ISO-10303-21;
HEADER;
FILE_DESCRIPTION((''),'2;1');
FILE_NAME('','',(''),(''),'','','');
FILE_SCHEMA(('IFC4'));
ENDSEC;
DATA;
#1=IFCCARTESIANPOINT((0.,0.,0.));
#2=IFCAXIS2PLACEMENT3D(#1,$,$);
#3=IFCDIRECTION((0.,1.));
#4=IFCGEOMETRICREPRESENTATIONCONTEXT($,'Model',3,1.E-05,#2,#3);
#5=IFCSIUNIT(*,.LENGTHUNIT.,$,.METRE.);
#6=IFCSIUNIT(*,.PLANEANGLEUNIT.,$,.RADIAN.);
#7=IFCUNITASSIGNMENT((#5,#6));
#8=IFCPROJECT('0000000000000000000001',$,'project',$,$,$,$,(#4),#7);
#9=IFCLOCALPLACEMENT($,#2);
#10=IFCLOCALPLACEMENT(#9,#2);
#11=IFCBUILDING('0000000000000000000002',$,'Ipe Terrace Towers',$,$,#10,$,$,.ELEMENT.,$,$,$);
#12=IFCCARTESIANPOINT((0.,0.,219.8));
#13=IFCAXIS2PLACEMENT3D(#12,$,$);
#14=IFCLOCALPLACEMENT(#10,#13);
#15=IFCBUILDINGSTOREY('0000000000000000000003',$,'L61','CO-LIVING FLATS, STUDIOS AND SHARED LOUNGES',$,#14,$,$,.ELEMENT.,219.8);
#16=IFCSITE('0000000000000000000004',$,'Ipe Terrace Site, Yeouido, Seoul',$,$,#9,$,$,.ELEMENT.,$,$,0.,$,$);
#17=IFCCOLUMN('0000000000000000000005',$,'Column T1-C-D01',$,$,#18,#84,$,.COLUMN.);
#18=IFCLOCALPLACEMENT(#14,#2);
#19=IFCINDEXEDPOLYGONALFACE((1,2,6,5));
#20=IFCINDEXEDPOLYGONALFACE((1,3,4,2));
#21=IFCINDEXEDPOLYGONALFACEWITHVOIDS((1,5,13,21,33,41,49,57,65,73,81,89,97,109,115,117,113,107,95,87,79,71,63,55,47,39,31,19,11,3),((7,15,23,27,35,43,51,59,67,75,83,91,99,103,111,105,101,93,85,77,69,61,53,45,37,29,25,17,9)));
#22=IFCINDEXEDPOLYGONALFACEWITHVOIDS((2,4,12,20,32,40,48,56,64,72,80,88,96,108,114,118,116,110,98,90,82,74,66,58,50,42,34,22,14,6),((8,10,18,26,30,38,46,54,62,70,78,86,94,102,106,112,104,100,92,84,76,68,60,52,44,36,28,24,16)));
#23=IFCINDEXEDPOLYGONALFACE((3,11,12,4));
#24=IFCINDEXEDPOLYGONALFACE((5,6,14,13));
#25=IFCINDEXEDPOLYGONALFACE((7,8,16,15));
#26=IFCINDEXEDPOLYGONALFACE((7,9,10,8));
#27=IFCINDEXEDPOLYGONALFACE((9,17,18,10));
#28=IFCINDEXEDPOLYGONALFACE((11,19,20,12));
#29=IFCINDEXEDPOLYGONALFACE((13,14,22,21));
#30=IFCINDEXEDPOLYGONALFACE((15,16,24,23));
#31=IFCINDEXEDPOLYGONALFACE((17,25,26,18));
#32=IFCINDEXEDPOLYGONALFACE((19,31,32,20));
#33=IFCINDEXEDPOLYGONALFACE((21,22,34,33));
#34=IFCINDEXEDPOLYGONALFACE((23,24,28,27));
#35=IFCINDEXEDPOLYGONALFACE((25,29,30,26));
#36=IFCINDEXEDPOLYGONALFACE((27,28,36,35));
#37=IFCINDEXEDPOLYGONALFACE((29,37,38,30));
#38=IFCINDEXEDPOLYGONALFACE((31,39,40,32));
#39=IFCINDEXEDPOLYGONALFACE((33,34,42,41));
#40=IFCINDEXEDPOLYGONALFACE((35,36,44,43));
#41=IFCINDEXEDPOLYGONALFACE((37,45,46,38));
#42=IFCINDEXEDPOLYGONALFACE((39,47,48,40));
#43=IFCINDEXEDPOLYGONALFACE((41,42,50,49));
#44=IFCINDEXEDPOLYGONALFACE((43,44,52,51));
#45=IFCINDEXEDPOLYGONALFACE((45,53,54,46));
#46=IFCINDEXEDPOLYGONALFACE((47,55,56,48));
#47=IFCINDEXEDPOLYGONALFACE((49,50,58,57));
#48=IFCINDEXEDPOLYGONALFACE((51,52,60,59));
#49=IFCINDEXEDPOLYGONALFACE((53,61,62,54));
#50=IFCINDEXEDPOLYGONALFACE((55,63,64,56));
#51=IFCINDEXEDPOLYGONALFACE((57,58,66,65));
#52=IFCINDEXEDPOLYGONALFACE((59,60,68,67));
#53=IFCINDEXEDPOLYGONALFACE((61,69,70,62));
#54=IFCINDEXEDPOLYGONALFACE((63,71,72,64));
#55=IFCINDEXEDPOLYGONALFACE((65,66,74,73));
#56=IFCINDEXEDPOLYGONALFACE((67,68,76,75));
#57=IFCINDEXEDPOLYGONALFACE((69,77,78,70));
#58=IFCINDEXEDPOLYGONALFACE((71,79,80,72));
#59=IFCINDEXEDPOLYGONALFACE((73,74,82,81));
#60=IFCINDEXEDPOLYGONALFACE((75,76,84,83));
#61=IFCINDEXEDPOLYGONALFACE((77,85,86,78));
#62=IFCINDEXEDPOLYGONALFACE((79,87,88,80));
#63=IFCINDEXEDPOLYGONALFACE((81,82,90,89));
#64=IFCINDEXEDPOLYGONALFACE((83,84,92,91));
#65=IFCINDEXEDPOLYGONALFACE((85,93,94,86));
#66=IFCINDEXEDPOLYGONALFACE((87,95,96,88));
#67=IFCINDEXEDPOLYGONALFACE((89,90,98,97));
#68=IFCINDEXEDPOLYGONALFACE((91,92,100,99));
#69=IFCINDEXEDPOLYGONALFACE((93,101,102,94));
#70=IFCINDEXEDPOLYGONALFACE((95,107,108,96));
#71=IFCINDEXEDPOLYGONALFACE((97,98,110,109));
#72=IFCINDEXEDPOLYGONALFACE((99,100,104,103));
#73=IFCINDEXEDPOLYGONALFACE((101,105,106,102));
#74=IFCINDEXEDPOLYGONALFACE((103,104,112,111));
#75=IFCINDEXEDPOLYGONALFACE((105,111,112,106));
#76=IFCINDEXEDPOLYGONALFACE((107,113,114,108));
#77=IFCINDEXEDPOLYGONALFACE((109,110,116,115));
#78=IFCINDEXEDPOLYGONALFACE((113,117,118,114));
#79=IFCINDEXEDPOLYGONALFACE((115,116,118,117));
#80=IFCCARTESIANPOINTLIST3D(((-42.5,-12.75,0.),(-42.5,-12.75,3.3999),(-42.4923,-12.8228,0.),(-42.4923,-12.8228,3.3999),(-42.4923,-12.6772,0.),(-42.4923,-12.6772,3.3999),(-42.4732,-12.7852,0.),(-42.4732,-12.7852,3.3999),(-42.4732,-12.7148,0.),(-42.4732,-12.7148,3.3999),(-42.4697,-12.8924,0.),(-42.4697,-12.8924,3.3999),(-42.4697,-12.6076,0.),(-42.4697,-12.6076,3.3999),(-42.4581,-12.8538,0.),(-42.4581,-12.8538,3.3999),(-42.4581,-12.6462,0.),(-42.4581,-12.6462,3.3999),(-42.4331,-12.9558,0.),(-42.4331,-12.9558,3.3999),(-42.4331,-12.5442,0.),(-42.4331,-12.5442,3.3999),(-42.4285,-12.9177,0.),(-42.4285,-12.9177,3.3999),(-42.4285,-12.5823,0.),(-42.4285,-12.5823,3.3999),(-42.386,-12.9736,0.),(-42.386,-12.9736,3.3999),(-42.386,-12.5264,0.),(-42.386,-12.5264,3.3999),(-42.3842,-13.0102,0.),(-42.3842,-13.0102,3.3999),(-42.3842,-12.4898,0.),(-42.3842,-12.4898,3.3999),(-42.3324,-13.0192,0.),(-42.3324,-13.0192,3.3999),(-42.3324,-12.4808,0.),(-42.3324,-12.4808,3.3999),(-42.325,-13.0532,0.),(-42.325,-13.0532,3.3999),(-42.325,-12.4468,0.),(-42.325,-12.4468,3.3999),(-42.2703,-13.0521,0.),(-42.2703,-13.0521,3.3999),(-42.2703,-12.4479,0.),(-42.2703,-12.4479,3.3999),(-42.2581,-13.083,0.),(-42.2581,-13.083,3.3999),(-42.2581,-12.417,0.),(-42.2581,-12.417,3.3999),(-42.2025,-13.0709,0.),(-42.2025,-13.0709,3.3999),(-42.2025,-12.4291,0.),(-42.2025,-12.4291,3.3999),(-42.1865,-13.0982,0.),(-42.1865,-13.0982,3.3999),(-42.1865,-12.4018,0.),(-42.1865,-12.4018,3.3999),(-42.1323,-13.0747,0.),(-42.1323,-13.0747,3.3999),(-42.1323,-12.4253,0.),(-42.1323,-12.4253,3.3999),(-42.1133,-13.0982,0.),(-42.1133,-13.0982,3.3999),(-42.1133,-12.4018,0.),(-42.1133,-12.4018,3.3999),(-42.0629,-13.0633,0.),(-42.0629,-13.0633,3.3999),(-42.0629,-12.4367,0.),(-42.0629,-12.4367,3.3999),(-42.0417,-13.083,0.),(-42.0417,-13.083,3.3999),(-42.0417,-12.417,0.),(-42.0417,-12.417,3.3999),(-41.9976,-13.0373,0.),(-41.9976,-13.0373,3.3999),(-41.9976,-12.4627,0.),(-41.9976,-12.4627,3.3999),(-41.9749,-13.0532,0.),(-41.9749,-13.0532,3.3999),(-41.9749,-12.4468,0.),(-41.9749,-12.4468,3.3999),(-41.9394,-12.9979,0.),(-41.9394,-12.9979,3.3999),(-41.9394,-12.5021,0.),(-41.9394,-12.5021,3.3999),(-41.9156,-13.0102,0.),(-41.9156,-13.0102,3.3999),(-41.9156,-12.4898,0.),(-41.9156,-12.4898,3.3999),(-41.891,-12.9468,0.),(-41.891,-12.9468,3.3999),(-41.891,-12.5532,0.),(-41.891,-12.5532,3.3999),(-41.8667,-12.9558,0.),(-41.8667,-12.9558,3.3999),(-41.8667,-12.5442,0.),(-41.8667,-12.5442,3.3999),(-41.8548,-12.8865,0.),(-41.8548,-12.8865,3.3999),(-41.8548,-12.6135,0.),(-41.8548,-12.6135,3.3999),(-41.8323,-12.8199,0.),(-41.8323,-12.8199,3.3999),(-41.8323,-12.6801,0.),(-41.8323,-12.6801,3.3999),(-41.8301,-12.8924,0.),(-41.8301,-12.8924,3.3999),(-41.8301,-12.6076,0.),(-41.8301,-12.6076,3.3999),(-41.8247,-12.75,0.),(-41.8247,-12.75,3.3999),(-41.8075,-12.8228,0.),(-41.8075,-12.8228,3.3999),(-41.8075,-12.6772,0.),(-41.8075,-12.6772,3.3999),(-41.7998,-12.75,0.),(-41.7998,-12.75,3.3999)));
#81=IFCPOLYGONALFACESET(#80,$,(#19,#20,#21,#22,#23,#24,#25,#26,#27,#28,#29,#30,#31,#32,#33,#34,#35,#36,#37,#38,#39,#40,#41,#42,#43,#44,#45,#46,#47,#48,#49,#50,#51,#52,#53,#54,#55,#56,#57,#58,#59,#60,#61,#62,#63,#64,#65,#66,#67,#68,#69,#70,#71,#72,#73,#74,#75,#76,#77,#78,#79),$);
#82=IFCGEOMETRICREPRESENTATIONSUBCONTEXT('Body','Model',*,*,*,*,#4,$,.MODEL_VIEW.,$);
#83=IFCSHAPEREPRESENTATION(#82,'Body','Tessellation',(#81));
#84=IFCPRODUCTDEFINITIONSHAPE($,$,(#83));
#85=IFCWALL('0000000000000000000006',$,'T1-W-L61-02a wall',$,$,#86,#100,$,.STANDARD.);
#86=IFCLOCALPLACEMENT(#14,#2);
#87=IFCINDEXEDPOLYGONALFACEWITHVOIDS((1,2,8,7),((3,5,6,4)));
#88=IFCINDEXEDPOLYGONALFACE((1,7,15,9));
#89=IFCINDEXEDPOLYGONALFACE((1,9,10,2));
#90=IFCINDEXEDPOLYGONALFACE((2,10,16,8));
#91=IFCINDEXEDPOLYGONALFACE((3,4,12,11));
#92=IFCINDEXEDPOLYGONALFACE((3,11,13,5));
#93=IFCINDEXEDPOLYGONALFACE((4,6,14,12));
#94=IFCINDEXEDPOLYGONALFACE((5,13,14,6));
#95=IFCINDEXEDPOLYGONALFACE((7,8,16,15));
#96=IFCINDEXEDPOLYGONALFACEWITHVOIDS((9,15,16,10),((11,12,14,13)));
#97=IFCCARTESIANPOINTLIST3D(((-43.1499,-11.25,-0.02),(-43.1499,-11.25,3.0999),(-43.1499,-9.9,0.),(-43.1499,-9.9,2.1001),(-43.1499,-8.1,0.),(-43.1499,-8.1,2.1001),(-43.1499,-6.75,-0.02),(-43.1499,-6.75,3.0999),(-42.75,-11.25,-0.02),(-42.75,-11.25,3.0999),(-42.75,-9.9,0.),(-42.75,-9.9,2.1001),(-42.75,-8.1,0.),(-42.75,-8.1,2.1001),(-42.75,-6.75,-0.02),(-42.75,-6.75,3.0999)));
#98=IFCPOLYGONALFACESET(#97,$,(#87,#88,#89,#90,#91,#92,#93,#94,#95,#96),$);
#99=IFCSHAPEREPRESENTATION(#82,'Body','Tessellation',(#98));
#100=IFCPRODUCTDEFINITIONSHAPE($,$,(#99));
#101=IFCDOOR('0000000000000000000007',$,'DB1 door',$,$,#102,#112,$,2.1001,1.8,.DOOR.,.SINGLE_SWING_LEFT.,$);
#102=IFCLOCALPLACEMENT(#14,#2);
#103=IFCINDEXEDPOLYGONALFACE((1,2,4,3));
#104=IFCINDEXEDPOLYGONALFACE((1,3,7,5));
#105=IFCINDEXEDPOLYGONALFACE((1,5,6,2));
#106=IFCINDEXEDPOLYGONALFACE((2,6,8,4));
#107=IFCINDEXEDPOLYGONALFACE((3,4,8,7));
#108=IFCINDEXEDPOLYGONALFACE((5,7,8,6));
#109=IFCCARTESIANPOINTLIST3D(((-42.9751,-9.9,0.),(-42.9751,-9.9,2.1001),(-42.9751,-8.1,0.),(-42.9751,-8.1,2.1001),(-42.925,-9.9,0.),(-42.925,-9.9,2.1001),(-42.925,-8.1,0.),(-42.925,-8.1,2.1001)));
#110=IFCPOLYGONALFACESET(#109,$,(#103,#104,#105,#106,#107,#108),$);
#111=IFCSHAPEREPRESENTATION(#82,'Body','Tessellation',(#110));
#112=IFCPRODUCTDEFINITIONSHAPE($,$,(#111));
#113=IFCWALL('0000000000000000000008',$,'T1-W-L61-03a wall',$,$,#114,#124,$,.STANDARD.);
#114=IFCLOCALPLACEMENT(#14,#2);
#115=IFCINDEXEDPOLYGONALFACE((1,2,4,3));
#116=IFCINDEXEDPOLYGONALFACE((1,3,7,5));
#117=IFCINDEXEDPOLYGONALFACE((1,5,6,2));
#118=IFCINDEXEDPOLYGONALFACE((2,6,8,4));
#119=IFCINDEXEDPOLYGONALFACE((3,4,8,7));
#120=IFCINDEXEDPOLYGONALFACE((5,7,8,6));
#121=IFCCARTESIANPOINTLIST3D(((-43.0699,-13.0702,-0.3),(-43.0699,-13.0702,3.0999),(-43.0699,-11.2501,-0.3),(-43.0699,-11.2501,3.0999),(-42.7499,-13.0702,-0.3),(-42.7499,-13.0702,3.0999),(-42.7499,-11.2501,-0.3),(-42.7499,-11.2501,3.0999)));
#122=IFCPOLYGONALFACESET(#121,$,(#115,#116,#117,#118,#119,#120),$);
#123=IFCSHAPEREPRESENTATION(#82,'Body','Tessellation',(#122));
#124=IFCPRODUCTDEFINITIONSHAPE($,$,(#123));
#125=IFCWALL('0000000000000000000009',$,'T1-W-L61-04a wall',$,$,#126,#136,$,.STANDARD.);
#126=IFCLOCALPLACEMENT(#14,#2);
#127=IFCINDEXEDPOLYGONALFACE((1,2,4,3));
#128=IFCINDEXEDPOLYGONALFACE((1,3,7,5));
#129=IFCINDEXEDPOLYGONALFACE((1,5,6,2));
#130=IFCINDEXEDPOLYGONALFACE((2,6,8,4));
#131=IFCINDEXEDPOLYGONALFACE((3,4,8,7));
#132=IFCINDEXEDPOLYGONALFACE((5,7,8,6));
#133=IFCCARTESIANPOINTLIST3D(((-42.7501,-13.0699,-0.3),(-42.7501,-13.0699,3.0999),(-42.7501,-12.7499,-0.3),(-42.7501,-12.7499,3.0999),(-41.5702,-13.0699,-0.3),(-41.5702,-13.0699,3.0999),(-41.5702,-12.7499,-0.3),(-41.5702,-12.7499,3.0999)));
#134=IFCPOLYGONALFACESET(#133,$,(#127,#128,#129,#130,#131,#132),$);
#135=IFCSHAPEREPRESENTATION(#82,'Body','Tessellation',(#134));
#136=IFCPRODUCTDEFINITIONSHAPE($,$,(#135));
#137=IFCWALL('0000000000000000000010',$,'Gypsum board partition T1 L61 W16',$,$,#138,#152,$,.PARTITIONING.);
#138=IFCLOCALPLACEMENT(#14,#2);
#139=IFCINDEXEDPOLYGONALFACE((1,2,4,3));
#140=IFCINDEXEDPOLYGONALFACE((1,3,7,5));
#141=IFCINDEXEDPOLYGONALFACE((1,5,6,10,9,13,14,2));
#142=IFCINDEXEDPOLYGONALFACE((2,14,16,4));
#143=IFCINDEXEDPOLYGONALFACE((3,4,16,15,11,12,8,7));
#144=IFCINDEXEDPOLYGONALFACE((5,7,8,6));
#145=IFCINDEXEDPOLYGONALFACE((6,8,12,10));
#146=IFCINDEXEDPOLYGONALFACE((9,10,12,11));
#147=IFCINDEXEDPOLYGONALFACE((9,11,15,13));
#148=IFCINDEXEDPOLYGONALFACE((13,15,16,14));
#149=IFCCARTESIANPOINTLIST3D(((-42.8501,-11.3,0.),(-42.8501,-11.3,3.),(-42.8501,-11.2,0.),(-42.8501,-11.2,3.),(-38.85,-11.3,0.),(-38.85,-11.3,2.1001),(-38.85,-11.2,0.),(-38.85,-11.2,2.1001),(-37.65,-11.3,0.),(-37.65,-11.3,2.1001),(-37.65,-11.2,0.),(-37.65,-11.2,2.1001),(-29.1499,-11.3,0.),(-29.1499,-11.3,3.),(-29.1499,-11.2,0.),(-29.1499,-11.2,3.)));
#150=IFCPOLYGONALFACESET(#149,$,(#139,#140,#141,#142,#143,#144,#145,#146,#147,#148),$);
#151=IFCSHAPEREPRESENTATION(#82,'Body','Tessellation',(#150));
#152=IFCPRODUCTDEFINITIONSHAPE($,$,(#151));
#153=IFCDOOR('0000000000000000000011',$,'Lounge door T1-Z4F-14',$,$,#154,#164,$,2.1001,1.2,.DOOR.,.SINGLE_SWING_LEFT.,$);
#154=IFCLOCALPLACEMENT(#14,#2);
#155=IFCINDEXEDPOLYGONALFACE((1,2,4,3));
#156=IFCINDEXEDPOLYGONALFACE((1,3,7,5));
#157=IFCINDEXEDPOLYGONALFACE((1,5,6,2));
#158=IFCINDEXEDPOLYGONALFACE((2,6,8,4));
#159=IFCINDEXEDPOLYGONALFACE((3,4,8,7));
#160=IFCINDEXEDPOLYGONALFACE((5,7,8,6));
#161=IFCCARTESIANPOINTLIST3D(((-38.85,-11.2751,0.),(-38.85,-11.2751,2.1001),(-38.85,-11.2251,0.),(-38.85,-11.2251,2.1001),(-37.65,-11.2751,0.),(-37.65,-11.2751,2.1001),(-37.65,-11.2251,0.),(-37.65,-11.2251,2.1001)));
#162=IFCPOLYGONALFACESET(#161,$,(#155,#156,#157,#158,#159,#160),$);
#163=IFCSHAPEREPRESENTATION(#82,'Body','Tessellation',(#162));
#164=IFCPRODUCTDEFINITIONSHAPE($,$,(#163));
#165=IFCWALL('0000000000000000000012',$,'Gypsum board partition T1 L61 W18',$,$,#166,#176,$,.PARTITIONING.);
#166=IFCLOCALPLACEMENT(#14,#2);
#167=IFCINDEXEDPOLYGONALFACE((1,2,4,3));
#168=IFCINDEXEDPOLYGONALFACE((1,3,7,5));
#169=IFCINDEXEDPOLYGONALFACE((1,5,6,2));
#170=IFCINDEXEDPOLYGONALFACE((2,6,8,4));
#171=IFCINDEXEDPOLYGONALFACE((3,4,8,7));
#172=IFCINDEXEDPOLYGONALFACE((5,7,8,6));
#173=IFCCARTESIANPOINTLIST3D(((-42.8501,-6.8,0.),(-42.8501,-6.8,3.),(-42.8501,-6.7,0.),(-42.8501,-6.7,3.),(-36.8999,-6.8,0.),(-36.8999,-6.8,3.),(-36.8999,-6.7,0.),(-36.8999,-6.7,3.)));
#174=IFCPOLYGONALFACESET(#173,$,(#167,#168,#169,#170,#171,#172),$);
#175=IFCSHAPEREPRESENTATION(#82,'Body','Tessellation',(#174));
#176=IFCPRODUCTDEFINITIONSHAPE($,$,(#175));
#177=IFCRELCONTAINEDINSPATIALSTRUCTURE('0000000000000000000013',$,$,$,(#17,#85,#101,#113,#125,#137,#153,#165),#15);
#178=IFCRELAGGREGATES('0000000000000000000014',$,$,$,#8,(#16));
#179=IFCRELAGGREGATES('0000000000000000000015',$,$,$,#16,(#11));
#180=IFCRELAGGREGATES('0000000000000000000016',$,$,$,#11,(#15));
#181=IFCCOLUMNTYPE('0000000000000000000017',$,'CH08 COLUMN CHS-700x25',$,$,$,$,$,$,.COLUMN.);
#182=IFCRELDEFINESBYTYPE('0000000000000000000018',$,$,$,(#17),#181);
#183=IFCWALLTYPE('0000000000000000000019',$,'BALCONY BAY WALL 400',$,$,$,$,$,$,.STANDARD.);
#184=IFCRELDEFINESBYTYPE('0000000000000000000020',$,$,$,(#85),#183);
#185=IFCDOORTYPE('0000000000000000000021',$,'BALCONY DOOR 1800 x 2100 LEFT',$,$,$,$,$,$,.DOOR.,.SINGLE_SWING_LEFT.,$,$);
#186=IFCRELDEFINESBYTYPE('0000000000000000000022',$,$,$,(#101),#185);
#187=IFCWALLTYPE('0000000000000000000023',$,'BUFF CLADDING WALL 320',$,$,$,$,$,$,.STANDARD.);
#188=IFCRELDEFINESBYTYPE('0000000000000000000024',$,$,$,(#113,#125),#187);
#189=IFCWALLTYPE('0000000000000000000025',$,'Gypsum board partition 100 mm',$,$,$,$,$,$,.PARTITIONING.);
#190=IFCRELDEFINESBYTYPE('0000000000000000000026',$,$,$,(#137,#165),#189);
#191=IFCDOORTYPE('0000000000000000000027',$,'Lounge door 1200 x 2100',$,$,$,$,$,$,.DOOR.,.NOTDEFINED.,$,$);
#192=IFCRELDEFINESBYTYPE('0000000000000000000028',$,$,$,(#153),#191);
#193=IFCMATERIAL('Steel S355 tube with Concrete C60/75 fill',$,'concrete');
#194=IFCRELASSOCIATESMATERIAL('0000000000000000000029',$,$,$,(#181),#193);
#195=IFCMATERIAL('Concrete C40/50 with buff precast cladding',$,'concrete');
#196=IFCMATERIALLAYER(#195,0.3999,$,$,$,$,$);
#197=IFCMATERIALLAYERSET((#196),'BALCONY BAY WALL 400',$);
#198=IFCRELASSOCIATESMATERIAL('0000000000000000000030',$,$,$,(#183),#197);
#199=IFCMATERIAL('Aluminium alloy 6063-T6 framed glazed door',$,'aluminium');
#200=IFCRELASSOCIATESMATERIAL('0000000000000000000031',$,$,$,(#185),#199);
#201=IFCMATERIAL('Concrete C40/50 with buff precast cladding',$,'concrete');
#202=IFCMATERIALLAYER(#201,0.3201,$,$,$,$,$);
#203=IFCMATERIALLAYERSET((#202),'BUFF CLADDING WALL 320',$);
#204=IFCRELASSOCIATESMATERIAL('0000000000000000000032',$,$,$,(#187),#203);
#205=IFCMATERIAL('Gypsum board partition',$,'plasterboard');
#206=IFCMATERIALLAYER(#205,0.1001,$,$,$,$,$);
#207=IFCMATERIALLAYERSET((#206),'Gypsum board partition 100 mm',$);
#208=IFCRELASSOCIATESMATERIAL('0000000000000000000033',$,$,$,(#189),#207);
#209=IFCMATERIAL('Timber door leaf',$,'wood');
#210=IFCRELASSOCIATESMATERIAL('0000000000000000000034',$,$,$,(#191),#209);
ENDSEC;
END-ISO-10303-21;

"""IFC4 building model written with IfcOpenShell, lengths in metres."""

from ifc_helpers import new_model, si_unit, direction, frame, frame_2d, origin, origin_2d, place, context, subcontext, project, spatial, rectangle, hollow_circle, extrude, material, layer, layer_set, material_profile, profile_set, type_object, element, fill, save


model = new_model("IFC4")

# Units and contexts
model_context = context("Model", 3, precision=1e-05, world=origin(), true_north=direction((0.0, 1.0)))
body_context = subcontext(model_context, "Body", "Model", "MODEL_VIEW")
ifc_project = project(units=[si_unit("LENGTHUNIT", "METRE"), si_unit("PLANEANGLEUNIT", "RADIAN")], contexts=[model_context])

# Site, building, storey
site_placement = place(None, origin())
site = spatial("IfcSite", under=ifc_project, at=site_placement, Name="Ipe Terrace Site, Yeouido, Seoul", CompositionType="ELEMENT", RefElevation=0.0)
building_placement = place(site_placement, origin())
building = spatial("IfcBuilding", under=site, at=building_placement, Name="Ipe Terrace Towers", CompositionType="ELEMENT")
storey_placement = place(building_placement, frame((0.0, 0.0, 219.8)))
storey = spatial("IfcBuildingStorey", under=building, at=storey_placement, Name="L61", Description="CO-LIVING FLATS, STUDIOS AND SHARED LOUNGES", CompositionType="ELEMENT", Elevation=219.8)

# Column
ifc_material_1 = material(Name="Steel S355 tube with Concrete C60/75 fill", Category="concrete")
ifc_material_profile = material_profile(ifc_material_1, hollow_circle(Radius=0.3501, WallThickness=0.0249, at=origin_2d()), Name="CHS-700x25")
ifc_profile_set = profile_set([ifc_material_profile], Name="Steel S355 tube with Concrete C60/75 fill")
column_type = type_object("IfcColumnType", Name="CH08 COLUMN CHS-700x25", PredefinedType="COLUMN", material=ifc_profile_set)
column_placement = place(storey_placement, frame((-42.1499, -12.75, 0.0), z_axis=(0.0, 0.0, 1.0), x_axis=(1.0, 0.0, 0.0)))
element("IfcColumn", 1, at=column_placement, inside=storey, type_object=column_type, Name="Column T1-C-D01", PredefinedType="COLUMN", context=body_context, shape_type="SweptSolid", body=[
    extrude(hollow_circle(Radius=0.3501, WallThickness=0.0249, at=origin_2d()), origin(), (0.0, 0.0, 1.0), 3.3999),
])

# Wall, opening, door
ifc_material_2 = material(Name="Concrete C40/50 with buff precast cladding", Category="concrete")
ifc_layer_1 = layer(ifc_material_2, 0.3999)
ifc_layer_set_1 = layer_set([ifc_layer_1], Name="BALCONY BAY WALL 400")
wall_type_1 = type_object("IfcWallType", Name="BALCONY BAY WALL 400", PredefinedType="STANDARD", material=ifc_layer_set_1)
wall_1_placement = place(storey_placement, frame((-42.95, -6.75, -0.02), z_axis=(0.0, 0.0, 1.0), x_axis=(0.0, -1.0, 0.0)))
wall_1 = element("IfcWall", 2, at=wall_1_placement, inside=storey, type_object=wall_type_1, Name="T1-W-L61-02a wall", PredefinedType="STANDARD", context=body_context, shape_type="SweptSolid", body=[
    extrude(rectangle(XDim=4.5, YDim=0.3999, at=frame_2d((2.25, 0.0))), origin(), (0.0, 0.0, 1.0), 3.1199),
])
opening_1_placement = place(wall_1_placement, frame((1.3501, 0.0, 0.02)))
opening_1 = element("IfcOpeningElement", 3, at=opening_1_placement, cuts=wall_1, PredefinedType="OPENING", context=body_context, shape_type="SweptSolid", body=[
    extrude(rectangle(XDim=1.8, YDim=2.1001, at=frame_2d((0.8999, 1.05))), frame((0.0, 0.21, 0.0), z_axis=(0.0, -1.0, 0.0), x_axis=(1.0, 0.0, 0.0)), (0.0, 0.0, 1.0), 0.4199),
])
ifc_material_3 = material(Name="Aluminium alloy 6063-T6 framed glazed door", Category="aluminium")
door_type_1 = type_object("IfcDoorType", Name="BALCONY DOOR 1800 x 2100 LEFT", OperationType="SINGLE_SWING_LEFT", PredefinedType="DOOR", material=ifc_material_3)
door_1_placement = place(opening_1_placement, origin())
door_1 = element("IfcDoor", 4, at=door_1_placement, inside=storey, type_object=door_type_1, Name="DB1 door", OperationType="SINGLE_SWING_LEFT", OverallHeight=2.1001, OverallWidth=1.8, PredefinedType="DOOR", context=body_context, shape_type="SweptSolid", body=[
    extrude(rectangle(XDim=1.8, YDim=2.1001, at=frame_2d((0.8999, 1.05))), frame((0.0, 0.0249, 0.0), z_axis=(0.0, -1.0, 0.0), x_axis=(1.0, 0.0, 0.0)), (0.0, 0.0, 1.0), 0.05),
])
fill(opening_1, door_1)

# Walls
ifc_material_4 = material(Name="Concrete C40/50 with buff precast cladding", Category="concrete")
ifc_layer_2 = layer(ifc_material_4, 0.3201)
ifc_layer_set_2 = layer_set([ifc_layer_2], Name="BUFF CLADDING WALL 320")
wall_type_2 = type_object("IfcWallType", Name="BUFF CLADDING WALL 320", PredefinedType="STANDARD", material=ifc_layer_set_2)
wall_2_placement = place(storey_placement, frame((-42.9099, -11.25, -0.3), z_axis=(0.0, 0.0, 1.0), x_axis=(0.0, -1.0, 0.0)))
element("IfcWall", 5, at=wall_2_placement, inside=storey, type_object=wall_type_2, Name="T1-W-L61-03a wall", PredefinedType="STANDARD", context=body_context, shape_type="SweptSolid", body=[
    extrude(rectangle(XDim=1.8201, YDim=0.3201, at=frame_2d((0.9102, 0.0))), origin(), (0.0, 0.0, 1.0), 3.3999),
])
wall_3_placement = place(storey_placement, frame((-42.75, -12.9099, -0.3), z_axis=(0.0, 0.0, 1.0), x_axis=(1.0, 0.0, 0.0)))
element("IfcWall", 6, at=wall_3_placement, inside=storey, type_object=wall_type_2, Name="T1-W-L61-04a wall", PredefinedType="STANDARD", context=body_context, shape_type="SweptSolid", body=[
    extrude(rectangle(XDim=1.1799, YDim=0.3201, at=frame_2d((0.5898, 0.0))), origin(), (0.0, 0.0, 1.0), 3.3999),
])

# Wall, opening, door
ifc_material_5 = material(Name="Gypsum board partition", Category="plasterboard")
ifc_layer_3 = layer(ifc_material_5, 0.1001)
ifc_layer_set_3 = layer_set([ifc_layer_3], Name="Gypsum board partition 100 mm")
wall_type_3 = type_object("IfcWallType", Name="Gypsum board partition 100 mm", PredefinedType="PARTITIONING", material=ifc_layer_set_3)
wall_4_placement = place(storey_placement, frame((-42.8501, -11.25, 0.0), z_axis=(0.0, 0.0, 1.0), x_axis=(1.0, 0.0, 0.0)))
wall_4 = element("IfcWall", 7, at=wall_4_placement, inside=storey, type_object=wall_type_3, Name="Gypsum board partition T1 L61 W16", PredefinedType="PARTITIONING", context=body_context, shape_type="SweptSolid", body=[
    extrude(rectangle(XDim=13.7002, YDim=0.1001, at=frame_2d((6.8501, 0.0))), origin(), (0.0, 0.0, 1.0), 3.0),
])
opening_2_placement = place(wall_4_placement, frame((4.0, 0.0, 0.0)))
opening_2 = element("IfcOpeningElement", 8, at=opening_2_placement, cuts=wall_4, PredefinedType="OPENING", context=body_context, shape_type="SweptSolid", body=[
    extrude(rectangle(XDim=1.2, YDim=2.1001, at=frame_2d((0.6001, 1.05))), frame((0.0, 0.0601, 0.0), z_axis=(0.0, -1.0, 0.0), x_axis=(1.0, 0.0, 0.0)), (0.0, 0.0, 1.0), 0.1201),
])
ifc_material_6 = material(Name="Timber door leaf", Category="wood")
door_type_2 = type_object("IfcDoorType", Name="Lounge door 1200 x 2100", OperationType="NOTDEFINED", PredefinedType="DOOR", material=ifc_material_6)
door_2_placement = place(opening_2_placement, origin())
door_2 = element("IfcDoor", 9, at=door_2_placement, inside=storey, type_object=door_type_2, Name="Lounge door T1-Z4F-14", OperationType="SINGLE_SWING_LEFT", OverallHeight=2.1001, OverallWidth=1.2, PredefinedType="DOOR", context=body_context, shape_type="SweptSolid", body=[
    extrude(rectangle(XDim=1.2, YDim=2.1001, at=frame_2d((0.6001, 1.05))), frame((0.0, 0.0249, 0.0), z_axis=(0.0, -1.0, 0.0), x_axis=(1.0, 0.0, 0.0)), (0.0, 0.0, 1.0), 0.05),
])
fill(opening_2, door_2)

# Wall
wall_5_placement = place(storey_placement, frame((-42.8501, -6.75, 0.0), z_axis=(0.0, 0.0, 1.0), x_axis=(1.0, 0.0, 0.0)))
element("IfcWall", 10, at=wall_5_placement, inside=storey, type_object=wall_type_3, Name="Gypsum board partition T1 L61 W18", PredefinedType="PARTITIONING", context=body_context, shape_type="SweptSolid", body=[
    extrude(rectangle(XDim=5.9502, YDim=0.1001, at=frame_2d((2.9751, 0.0))), origin(), (0.0, 0.0, 1.0), 3.0),
])

save(model, "model.ifc")
